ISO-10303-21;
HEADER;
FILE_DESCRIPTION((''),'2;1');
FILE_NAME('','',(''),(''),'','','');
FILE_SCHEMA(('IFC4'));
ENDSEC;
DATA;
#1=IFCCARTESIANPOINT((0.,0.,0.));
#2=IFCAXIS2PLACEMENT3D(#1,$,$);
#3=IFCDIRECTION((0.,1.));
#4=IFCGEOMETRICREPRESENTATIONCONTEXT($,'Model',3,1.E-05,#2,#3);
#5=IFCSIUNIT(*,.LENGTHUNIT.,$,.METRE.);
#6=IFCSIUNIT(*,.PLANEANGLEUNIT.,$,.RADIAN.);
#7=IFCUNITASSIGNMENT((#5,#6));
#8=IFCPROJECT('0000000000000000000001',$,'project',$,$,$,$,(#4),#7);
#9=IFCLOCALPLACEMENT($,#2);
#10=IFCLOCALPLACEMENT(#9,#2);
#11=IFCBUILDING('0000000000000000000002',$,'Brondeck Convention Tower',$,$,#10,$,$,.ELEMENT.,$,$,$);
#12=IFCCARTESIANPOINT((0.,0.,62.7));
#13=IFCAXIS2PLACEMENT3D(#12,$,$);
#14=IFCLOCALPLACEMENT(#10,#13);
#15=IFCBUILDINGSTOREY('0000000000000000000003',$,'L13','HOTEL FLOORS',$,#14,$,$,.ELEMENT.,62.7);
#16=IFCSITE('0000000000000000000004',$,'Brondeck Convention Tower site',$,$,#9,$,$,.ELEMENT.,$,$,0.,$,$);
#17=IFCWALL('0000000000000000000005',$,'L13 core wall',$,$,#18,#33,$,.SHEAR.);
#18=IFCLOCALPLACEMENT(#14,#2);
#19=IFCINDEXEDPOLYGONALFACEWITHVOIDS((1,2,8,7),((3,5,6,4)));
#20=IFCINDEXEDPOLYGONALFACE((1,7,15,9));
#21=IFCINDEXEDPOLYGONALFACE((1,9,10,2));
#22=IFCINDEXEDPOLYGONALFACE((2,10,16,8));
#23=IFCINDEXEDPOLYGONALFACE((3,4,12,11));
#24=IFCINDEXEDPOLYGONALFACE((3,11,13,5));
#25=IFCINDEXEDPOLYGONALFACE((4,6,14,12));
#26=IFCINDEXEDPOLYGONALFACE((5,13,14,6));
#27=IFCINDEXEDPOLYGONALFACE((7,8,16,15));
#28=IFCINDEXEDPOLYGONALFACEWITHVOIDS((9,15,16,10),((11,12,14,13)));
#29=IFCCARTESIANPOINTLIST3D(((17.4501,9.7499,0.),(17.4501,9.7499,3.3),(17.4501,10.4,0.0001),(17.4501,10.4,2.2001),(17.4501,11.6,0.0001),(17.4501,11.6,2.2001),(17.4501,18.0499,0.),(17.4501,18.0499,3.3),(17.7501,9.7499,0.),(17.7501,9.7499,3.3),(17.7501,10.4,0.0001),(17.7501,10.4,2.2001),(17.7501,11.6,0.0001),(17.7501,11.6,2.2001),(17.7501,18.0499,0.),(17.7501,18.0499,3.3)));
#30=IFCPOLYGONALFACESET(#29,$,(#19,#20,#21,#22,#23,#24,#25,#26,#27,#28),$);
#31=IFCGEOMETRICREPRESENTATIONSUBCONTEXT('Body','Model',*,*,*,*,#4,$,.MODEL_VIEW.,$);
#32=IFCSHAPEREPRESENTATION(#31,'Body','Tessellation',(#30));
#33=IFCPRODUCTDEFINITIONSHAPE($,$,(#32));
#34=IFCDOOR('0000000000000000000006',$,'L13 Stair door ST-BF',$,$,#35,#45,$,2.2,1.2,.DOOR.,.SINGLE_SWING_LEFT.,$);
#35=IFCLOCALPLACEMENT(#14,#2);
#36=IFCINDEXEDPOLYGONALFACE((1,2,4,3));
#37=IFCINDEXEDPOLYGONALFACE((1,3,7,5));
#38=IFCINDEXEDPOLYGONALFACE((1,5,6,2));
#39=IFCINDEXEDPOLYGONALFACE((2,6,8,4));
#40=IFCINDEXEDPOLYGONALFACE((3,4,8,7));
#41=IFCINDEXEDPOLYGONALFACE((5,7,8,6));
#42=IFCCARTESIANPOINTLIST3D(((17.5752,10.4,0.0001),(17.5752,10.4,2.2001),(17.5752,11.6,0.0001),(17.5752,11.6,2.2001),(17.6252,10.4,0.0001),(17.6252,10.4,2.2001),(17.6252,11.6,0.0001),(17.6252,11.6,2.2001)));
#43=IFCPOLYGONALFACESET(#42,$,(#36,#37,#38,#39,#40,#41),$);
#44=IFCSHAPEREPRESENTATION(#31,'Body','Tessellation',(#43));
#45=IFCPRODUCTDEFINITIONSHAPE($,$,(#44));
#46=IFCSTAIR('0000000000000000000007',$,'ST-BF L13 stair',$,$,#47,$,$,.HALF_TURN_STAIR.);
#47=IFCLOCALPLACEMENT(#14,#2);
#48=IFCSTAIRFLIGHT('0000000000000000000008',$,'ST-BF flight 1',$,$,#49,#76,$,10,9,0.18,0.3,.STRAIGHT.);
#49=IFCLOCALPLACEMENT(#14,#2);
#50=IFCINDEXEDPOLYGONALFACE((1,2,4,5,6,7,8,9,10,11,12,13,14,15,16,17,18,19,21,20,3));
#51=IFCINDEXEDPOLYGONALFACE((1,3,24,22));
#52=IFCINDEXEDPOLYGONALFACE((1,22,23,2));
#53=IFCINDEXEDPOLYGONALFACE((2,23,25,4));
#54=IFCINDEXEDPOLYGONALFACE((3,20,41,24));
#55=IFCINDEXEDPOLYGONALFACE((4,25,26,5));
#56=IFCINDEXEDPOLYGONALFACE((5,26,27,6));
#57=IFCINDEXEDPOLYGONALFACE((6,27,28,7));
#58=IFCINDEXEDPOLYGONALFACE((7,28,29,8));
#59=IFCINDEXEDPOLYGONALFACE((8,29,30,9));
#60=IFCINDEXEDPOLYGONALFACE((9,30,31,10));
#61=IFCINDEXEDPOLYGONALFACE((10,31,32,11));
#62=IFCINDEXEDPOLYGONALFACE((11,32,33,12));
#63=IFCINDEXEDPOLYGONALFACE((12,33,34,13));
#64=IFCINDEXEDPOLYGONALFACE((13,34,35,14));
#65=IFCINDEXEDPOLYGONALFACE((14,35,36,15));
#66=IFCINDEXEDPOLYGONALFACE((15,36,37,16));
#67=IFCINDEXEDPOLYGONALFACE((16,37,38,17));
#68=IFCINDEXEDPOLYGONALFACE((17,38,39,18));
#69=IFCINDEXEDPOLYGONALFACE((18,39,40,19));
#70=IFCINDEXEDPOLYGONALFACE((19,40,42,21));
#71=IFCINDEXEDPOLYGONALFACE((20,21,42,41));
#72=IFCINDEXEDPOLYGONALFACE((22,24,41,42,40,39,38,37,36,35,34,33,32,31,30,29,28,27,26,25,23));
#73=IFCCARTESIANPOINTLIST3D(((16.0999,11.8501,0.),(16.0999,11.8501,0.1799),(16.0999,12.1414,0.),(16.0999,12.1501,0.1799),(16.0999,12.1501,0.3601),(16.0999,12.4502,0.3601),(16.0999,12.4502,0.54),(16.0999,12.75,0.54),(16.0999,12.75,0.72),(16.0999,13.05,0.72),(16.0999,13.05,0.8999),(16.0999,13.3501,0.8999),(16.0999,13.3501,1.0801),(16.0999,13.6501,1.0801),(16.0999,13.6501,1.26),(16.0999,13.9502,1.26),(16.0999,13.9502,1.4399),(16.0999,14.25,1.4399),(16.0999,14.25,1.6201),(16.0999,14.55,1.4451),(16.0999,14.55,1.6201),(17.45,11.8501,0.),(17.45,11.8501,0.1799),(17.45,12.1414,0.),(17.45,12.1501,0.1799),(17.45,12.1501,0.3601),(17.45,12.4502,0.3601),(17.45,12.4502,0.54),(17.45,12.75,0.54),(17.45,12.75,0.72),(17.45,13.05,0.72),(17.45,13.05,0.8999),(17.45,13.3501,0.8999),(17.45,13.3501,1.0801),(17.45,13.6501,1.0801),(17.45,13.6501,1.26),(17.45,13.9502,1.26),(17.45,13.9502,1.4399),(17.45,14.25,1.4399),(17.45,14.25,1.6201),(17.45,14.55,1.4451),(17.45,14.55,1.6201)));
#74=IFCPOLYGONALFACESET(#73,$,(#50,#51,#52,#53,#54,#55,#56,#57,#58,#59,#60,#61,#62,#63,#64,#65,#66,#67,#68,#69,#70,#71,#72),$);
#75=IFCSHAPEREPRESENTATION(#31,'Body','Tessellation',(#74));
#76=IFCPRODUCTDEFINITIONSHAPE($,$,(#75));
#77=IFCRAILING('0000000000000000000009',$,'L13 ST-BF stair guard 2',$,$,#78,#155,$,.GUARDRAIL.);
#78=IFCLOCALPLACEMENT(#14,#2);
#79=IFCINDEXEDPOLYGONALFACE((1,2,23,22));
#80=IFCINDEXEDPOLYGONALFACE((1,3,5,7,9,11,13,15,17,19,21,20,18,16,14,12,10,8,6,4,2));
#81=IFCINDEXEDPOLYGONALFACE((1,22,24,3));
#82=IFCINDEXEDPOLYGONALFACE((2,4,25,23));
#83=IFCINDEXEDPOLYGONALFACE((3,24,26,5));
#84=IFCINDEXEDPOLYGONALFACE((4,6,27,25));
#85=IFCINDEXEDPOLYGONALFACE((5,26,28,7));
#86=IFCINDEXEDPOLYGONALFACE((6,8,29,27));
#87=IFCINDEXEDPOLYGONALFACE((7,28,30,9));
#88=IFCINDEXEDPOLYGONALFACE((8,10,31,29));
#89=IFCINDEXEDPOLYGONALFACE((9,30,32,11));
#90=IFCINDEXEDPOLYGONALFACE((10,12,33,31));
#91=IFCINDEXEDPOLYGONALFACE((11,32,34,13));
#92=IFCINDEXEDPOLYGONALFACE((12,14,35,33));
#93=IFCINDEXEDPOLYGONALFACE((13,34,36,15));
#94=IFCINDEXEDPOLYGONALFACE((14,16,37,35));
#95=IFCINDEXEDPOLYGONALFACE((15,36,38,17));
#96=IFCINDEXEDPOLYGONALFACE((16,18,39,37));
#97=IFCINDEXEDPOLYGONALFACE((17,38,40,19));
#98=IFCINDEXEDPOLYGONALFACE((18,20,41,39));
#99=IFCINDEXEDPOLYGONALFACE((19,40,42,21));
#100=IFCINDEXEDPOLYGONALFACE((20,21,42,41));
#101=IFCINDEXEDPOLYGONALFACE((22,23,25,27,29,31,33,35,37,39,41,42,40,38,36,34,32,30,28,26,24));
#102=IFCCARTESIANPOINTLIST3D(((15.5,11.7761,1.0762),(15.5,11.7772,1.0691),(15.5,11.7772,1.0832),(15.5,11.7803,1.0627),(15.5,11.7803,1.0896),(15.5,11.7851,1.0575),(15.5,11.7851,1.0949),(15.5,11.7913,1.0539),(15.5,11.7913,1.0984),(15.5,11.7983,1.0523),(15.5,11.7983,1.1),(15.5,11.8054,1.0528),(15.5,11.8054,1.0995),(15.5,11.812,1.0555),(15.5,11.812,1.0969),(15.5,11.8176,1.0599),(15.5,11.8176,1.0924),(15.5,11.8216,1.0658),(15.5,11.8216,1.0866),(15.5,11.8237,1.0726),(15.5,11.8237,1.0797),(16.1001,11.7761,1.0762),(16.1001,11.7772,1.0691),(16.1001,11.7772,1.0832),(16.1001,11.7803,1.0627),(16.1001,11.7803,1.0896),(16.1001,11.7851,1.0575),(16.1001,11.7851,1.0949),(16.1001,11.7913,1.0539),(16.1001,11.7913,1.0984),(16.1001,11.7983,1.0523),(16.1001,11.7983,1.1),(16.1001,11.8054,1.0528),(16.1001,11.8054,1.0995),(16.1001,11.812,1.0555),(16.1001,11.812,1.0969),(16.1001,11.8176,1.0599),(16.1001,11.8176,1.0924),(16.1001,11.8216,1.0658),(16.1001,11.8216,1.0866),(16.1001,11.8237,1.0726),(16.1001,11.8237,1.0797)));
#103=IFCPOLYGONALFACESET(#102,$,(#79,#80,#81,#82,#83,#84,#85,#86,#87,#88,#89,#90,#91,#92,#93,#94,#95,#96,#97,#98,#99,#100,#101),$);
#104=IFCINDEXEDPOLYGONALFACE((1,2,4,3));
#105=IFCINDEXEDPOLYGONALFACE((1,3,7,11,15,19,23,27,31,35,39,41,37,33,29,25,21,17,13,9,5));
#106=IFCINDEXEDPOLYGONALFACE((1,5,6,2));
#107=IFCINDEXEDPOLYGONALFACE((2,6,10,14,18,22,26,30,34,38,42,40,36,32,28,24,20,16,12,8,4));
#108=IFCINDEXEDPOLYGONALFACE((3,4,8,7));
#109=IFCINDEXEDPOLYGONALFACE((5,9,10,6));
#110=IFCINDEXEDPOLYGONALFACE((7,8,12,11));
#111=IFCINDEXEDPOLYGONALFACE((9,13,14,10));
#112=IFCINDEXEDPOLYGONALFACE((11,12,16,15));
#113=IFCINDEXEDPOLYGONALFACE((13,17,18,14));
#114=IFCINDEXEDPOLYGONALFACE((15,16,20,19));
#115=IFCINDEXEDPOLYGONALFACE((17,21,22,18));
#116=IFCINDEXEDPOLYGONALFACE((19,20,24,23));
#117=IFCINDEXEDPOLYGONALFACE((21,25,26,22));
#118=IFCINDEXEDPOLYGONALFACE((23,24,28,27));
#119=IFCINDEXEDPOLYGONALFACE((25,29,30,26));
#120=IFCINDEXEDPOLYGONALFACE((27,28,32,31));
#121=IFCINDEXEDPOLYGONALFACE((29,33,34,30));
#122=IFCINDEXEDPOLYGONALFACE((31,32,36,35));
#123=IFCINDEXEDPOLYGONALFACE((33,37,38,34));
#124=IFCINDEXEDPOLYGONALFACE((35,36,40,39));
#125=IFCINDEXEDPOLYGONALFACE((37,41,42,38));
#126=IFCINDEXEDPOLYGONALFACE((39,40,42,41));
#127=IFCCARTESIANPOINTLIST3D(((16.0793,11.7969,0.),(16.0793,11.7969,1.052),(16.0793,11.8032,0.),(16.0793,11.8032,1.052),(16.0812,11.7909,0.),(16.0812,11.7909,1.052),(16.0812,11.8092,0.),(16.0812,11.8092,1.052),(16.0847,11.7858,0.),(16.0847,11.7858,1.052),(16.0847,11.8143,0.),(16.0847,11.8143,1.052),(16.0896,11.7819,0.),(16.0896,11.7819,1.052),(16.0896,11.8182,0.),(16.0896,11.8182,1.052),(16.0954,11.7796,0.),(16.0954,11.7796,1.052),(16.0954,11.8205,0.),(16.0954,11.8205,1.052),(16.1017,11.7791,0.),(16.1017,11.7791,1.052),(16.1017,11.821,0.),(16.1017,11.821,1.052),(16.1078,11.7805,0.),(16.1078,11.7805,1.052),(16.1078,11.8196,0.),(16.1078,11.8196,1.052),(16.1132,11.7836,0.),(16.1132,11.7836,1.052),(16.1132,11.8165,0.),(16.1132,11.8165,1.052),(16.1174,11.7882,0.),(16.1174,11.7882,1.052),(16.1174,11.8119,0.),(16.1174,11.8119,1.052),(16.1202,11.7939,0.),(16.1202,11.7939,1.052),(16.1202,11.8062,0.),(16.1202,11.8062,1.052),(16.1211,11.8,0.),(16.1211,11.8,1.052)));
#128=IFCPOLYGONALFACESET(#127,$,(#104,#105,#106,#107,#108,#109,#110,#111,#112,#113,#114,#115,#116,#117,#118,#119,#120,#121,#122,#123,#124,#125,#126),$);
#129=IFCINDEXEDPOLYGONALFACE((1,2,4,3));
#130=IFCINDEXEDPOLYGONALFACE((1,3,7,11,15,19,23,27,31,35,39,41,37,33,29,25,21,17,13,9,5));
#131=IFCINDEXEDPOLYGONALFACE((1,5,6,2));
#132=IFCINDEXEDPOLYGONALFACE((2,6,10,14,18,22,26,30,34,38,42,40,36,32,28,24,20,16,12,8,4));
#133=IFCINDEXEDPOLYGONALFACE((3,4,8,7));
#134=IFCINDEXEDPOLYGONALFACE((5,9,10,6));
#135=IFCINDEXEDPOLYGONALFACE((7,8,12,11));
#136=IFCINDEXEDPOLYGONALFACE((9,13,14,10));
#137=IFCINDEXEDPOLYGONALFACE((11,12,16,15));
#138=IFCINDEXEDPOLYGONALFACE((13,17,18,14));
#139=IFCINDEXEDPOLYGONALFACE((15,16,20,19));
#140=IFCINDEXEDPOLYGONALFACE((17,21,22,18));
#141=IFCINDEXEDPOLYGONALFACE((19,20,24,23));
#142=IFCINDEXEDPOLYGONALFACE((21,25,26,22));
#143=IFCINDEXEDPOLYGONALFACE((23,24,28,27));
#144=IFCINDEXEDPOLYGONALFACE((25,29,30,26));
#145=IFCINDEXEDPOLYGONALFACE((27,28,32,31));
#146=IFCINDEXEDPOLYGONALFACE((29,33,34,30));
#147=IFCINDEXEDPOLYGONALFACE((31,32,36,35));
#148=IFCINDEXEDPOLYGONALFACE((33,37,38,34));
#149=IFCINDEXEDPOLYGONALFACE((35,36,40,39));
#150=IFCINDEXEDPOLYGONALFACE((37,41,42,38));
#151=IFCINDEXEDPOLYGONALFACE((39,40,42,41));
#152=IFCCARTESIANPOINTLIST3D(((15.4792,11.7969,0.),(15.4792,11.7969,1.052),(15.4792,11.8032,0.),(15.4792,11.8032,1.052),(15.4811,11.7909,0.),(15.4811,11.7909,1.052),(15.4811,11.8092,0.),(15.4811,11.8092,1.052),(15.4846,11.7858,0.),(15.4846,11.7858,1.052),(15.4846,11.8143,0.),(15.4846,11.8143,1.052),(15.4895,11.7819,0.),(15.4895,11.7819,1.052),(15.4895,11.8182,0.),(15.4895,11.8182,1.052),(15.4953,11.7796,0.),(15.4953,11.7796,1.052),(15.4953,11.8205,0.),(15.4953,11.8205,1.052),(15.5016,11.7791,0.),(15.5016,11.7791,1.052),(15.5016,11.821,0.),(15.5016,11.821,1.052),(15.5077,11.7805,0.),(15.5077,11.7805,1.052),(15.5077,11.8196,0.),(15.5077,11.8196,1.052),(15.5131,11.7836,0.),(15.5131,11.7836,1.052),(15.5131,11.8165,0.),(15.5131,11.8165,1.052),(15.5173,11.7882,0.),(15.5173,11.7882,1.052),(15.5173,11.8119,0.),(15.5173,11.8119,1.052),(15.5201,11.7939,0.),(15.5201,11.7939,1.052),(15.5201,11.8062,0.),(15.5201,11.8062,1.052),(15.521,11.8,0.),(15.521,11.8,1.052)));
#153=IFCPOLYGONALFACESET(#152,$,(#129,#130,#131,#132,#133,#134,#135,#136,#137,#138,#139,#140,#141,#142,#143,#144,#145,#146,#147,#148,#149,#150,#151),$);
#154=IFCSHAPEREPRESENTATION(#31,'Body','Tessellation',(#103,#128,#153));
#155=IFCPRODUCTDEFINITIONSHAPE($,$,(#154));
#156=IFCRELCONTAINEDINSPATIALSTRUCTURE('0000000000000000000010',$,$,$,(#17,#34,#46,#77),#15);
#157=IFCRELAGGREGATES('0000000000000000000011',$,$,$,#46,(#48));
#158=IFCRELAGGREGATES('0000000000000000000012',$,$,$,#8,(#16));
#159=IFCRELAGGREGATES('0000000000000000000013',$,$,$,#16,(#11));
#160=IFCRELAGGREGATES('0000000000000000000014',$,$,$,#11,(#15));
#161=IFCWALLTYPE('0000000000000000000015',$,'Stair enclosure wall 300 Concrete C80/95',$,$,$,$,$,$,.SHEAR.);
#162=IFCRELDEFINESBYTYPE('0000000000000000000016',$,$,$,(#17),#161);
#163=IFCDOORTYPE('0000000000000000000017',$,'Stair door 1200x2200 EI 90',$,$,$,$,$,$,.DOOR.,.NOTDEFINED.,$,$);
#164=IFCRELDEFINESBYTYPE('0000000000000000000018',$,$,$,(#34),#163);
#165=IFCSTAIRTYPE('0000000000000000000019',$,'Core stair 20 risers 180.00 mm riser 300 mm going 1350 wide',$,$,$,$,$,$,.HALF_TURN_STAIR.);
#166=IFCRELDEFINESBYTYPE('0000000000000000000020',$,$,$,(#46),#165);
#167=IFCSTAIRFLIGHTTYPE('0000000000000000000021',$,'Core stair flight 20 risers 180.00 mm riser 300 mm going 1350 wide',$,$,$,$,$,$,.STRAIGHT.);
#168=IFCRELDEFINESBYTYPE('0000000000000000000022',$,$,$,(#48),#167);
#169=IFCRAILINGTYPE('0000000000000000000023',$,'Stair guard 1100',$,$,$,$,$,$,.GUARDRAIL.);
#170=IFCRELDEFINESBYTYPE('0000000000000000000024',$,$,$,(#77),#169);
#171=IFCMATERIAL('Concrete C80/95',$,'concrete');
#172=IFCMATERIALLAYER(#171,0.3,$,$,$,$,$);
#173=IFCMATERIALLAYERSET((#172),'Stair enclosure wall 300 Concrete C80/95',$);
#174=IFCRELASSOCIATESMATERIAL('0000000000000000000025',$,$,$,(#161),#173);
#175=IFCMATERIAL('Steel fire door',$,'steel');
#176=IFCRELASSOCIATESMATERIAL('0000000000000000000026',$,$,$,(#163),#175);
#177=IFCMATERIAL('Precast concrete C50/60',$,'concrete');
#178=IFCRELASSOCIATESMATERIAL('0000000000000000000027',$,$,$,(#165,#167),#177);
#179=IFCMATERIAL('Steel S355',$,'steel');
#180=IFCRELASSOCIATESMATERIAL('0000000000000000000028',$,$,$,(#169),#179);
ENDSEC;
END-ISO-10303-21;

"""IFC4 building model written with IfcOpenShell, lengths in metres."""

from ifc_helpers import new_model, si_unit, direction, frame, frame_2d, origin, origin_2d, place, context, subcontext, project, spatial, polyline, rectangle, circle, outline, extrude, material, layer, layer_set, type_object, element, fill, aggregate, save


model = new_model("IFC4")

# Units and contexts
model_context = context("Model", 3, precision=1e-05, world=origin(), true_north=direction((0.0, 1.0)))
body_context = subcontext(model_context, "Body", "Model", "MODEL_VIEW")
ifc_project = project(units=[si_unit("LENGTHUNIT", "METRE"), si_unit("PLANEANGLEUNIT", "RADIAN")], contexts=[model_context])

# Site, building, storey
site_placement = place(None, origin())
site = spatial("IfcSite", under=ifc_project, at=site_placement, Name="Brondeck Convention Tower site", CompositionType="ELEMENT", RefElevation=0.0)
building_placement = place(site_placement, origin())
building = spatial("IfcBuilding", under=site, at=building_placement, Name="Brondeck Convention Tower", CompositionType="ELEMENT")
storey_placement = place(building_placement, frame((0.0, 0.0, 62.7)))
storey = spatial("IfcBuildingStorey", under=building, at=storey_placement, Name="L13", Description="HOTEL FLOORS", CompositionType="ELEMENT", Elevation=62.7)

# Shared definitions
ifc_material_1 = material(Name="Concrete C80/95", Category="concrete")

# Shared definitions
ifc_material_2 = material(Name="Steel S355", Category="steel")

# Shared definitions
ifc_layer_1 = layer(ifc_material_1, 0.3)
ifc_layer_set_1 = layer_set([ifc_layer_1], Name="Stair enclosure wall 300 Concrete C80/95")
wall_type_1 = type_object("IfcWallType", Name="Stair enclosure wall 300 Concrete C80/95", PredefinedType="SHEAR", material=ifc_layer_set_1)

# Wall, opening, door
wall_1_placement = place(storey_placement, frame((17.6001, 9.75, 0.0), z_axis=(0.0, 0.0, 1.0), x_axis=(0.0, 1.0, 0.0)))
wall_1 = element("IfcWall", 1, at=wall_1_placement, inside=storey, type_object=wall_type_1, Name="L13 core wall", PredefinedType="SHEAR", context=body_context, shape_type="SweptSolid", body=[
    extrude(rectangle(XDim=8.3, YDim=0.3, at=frame_2d((4.1499, 0.0))), origin(), (0.0, 0.0, 1.0), 3.3),
])
opening_1_placement = place(wall_1_placement, frame((0.6499, 0.0, 0.0)))
opening_1 = element("IfcOpeningElement", 2, at=opening_1_placement, cuts=wall_1, PredefinedType="OPENING", context=body_context, shape_type="SweptSolid", body=[
    extrude(rectangle(XDim=1.2, YDim=2.2, at=frame_2d((0.6001, 1.1001))), frame((0.0, 0.1599, 0.0), z_axis=(0.0, -1.0, 0.0), x_axis=(1.0, 0.0, 0.0)), (0.0, 0.0, 1.0), 0.3201),
])
ifc_material_3 = material(Name="Steel fire door", Category="steel")
door_type_1 = type_object("IfcDoorType", Name="Stair door 1200x2200 EI 90", OperationType="NOTDEFINED", PredefinedType="DOOR", material=ifc_material_3)
door_1_placement = place(opening_1_placement, origin())
door_1 = element("IfcDoor", 3, at=door_1_placement, inside=storey, type_object=door_type_1, Name="L13 Stair door ST-BF", OperationType="SINGLE_SWING_LEFT", OverallHeight=2.2, OverallWidth=1.2, PredefinedType="DOOR", context=body_context, shape_type="SweptSolid", body=[
    extrude(rectangle(XDim=1.2, YDim=2.2, at=frame_2d((0.6001, 1.1001))), frame((0.0, 0.0249, 0.0), z_axis=(0.0, -1.0, 0.0), x_axis=(1.0, 0.0, 0.0)), (0.0, 0.0, 1.0), 0.05),
])
fill(opening_1, door_1)

# Stair, stair flight
ifc_material_4 = material(Name="Precast concrete C50/60", Category="concrete")
stair_type = type_object("IfcStairType", Name="Core stair 20 risers 180.00 mm riser 300 mm going 1350 wide", PredefinedType="HALF_TURN_STAIR", material=ifc_material_4)
stair_placement = place(storey_placement, origin())
stair = element("IfcStair", 4, at=stair_placement, inside=storey, type_object=stair_type, Name="ST-BF L13 stair", PredefinedType="HALF_TURN_STAIR")
stair_flight_type = type_object("IfcStairFlightType", Name="Core stair flight 20 risers 180.00 mm riser 300 mm going 1350 wide", PredefinedType="STRAIGHT", material=ifc_material_4)
stair_flight_placement = place(storey_placement, frame((16.7749, 11.8501, 0.0), z_axis=(0.0, 0.0, 1.0), x_axis=(0.0, 1.0, 0.0)))
stair_flight = element("IfcStairFlight", 5, at=stair_flight_placement, type_object=stair_flight_type, Name="ST-BF flight 1", NumberOfRisers=10, NumberOfTreads=9, PredefinedType="STRAIGHT", RiserHeight=0.18, TreadLength=0.3, context=body_context, shape_type="SweptSolid", body=[
    extrude(outline(polyline([(0.0, 0.0), (0.0, 0.1799), (0.3, 0.1799), (0.3, 0.3601), (0.6001, 0.3601), (0.6001, 0.54), (0.8999, 0.54), (0.8999, 0.72), (1.2, 0.72), (1.2, 0.8999), (1.5, 0.8999), (1.5, 1.0801), (1.8, 1.0801), (1.8, 1.26), (2.1001, 1.26), (2.1001, 1.4399), (2.3999, 1.4399), (2.3999, 1.6201), (2.7, 1.6201), (2.7, 1.8), (2.7, 1.4451), (0.2913, 0.0), (0.0, 0.0)])), frame((0.0, 0.675, 0.0), z_axis=(0.0, -1.0, 0.0), x_axis=(1.0, 0.0, 0.0)), (0.0, 0.0, 1.0), 1.3501),
])
aggregate(stair, [stair_flight])

# Railing
railing_type_1 = type_object("IfcRailingType", Name="Stair guard 1100", PredefinedType="GUARDRAIL", material=ifc_material_2)
railing_1_placement = place(storey_placement, frame((16.1001, 11.8, 0.0)))
element("IfcRailing", 6, at=railing_1_placement, inside=storey, type_object=railing_type_1, Name="L13 ST-BF stair guard 2", PredefinedType="GUARDRAIL", context=body_context, shape_type="SweptSolid", body=[
    extrude(circle(Radius=0.0239, at=origin_2d()), frame((0.0, 0.0, 1.0762), z_axis=(-1.0, 0.0, 0.0), x_axis=(0.0, -1.0, 0.0)), (0.0, 0.0, 1.0), 0.6001),
    extrude(circle(Radius=0.021, at=origin_2d()), origin(), (0.0, 0.0, 1.0), 1.052),
    extrude(circle(Radius=0.021, at=origin_2d()), frame((-0.6001, 0.0, 0.0)), (0.0, 0.0, 1.0), 1.052),
])

save(model, "model.ifc")
